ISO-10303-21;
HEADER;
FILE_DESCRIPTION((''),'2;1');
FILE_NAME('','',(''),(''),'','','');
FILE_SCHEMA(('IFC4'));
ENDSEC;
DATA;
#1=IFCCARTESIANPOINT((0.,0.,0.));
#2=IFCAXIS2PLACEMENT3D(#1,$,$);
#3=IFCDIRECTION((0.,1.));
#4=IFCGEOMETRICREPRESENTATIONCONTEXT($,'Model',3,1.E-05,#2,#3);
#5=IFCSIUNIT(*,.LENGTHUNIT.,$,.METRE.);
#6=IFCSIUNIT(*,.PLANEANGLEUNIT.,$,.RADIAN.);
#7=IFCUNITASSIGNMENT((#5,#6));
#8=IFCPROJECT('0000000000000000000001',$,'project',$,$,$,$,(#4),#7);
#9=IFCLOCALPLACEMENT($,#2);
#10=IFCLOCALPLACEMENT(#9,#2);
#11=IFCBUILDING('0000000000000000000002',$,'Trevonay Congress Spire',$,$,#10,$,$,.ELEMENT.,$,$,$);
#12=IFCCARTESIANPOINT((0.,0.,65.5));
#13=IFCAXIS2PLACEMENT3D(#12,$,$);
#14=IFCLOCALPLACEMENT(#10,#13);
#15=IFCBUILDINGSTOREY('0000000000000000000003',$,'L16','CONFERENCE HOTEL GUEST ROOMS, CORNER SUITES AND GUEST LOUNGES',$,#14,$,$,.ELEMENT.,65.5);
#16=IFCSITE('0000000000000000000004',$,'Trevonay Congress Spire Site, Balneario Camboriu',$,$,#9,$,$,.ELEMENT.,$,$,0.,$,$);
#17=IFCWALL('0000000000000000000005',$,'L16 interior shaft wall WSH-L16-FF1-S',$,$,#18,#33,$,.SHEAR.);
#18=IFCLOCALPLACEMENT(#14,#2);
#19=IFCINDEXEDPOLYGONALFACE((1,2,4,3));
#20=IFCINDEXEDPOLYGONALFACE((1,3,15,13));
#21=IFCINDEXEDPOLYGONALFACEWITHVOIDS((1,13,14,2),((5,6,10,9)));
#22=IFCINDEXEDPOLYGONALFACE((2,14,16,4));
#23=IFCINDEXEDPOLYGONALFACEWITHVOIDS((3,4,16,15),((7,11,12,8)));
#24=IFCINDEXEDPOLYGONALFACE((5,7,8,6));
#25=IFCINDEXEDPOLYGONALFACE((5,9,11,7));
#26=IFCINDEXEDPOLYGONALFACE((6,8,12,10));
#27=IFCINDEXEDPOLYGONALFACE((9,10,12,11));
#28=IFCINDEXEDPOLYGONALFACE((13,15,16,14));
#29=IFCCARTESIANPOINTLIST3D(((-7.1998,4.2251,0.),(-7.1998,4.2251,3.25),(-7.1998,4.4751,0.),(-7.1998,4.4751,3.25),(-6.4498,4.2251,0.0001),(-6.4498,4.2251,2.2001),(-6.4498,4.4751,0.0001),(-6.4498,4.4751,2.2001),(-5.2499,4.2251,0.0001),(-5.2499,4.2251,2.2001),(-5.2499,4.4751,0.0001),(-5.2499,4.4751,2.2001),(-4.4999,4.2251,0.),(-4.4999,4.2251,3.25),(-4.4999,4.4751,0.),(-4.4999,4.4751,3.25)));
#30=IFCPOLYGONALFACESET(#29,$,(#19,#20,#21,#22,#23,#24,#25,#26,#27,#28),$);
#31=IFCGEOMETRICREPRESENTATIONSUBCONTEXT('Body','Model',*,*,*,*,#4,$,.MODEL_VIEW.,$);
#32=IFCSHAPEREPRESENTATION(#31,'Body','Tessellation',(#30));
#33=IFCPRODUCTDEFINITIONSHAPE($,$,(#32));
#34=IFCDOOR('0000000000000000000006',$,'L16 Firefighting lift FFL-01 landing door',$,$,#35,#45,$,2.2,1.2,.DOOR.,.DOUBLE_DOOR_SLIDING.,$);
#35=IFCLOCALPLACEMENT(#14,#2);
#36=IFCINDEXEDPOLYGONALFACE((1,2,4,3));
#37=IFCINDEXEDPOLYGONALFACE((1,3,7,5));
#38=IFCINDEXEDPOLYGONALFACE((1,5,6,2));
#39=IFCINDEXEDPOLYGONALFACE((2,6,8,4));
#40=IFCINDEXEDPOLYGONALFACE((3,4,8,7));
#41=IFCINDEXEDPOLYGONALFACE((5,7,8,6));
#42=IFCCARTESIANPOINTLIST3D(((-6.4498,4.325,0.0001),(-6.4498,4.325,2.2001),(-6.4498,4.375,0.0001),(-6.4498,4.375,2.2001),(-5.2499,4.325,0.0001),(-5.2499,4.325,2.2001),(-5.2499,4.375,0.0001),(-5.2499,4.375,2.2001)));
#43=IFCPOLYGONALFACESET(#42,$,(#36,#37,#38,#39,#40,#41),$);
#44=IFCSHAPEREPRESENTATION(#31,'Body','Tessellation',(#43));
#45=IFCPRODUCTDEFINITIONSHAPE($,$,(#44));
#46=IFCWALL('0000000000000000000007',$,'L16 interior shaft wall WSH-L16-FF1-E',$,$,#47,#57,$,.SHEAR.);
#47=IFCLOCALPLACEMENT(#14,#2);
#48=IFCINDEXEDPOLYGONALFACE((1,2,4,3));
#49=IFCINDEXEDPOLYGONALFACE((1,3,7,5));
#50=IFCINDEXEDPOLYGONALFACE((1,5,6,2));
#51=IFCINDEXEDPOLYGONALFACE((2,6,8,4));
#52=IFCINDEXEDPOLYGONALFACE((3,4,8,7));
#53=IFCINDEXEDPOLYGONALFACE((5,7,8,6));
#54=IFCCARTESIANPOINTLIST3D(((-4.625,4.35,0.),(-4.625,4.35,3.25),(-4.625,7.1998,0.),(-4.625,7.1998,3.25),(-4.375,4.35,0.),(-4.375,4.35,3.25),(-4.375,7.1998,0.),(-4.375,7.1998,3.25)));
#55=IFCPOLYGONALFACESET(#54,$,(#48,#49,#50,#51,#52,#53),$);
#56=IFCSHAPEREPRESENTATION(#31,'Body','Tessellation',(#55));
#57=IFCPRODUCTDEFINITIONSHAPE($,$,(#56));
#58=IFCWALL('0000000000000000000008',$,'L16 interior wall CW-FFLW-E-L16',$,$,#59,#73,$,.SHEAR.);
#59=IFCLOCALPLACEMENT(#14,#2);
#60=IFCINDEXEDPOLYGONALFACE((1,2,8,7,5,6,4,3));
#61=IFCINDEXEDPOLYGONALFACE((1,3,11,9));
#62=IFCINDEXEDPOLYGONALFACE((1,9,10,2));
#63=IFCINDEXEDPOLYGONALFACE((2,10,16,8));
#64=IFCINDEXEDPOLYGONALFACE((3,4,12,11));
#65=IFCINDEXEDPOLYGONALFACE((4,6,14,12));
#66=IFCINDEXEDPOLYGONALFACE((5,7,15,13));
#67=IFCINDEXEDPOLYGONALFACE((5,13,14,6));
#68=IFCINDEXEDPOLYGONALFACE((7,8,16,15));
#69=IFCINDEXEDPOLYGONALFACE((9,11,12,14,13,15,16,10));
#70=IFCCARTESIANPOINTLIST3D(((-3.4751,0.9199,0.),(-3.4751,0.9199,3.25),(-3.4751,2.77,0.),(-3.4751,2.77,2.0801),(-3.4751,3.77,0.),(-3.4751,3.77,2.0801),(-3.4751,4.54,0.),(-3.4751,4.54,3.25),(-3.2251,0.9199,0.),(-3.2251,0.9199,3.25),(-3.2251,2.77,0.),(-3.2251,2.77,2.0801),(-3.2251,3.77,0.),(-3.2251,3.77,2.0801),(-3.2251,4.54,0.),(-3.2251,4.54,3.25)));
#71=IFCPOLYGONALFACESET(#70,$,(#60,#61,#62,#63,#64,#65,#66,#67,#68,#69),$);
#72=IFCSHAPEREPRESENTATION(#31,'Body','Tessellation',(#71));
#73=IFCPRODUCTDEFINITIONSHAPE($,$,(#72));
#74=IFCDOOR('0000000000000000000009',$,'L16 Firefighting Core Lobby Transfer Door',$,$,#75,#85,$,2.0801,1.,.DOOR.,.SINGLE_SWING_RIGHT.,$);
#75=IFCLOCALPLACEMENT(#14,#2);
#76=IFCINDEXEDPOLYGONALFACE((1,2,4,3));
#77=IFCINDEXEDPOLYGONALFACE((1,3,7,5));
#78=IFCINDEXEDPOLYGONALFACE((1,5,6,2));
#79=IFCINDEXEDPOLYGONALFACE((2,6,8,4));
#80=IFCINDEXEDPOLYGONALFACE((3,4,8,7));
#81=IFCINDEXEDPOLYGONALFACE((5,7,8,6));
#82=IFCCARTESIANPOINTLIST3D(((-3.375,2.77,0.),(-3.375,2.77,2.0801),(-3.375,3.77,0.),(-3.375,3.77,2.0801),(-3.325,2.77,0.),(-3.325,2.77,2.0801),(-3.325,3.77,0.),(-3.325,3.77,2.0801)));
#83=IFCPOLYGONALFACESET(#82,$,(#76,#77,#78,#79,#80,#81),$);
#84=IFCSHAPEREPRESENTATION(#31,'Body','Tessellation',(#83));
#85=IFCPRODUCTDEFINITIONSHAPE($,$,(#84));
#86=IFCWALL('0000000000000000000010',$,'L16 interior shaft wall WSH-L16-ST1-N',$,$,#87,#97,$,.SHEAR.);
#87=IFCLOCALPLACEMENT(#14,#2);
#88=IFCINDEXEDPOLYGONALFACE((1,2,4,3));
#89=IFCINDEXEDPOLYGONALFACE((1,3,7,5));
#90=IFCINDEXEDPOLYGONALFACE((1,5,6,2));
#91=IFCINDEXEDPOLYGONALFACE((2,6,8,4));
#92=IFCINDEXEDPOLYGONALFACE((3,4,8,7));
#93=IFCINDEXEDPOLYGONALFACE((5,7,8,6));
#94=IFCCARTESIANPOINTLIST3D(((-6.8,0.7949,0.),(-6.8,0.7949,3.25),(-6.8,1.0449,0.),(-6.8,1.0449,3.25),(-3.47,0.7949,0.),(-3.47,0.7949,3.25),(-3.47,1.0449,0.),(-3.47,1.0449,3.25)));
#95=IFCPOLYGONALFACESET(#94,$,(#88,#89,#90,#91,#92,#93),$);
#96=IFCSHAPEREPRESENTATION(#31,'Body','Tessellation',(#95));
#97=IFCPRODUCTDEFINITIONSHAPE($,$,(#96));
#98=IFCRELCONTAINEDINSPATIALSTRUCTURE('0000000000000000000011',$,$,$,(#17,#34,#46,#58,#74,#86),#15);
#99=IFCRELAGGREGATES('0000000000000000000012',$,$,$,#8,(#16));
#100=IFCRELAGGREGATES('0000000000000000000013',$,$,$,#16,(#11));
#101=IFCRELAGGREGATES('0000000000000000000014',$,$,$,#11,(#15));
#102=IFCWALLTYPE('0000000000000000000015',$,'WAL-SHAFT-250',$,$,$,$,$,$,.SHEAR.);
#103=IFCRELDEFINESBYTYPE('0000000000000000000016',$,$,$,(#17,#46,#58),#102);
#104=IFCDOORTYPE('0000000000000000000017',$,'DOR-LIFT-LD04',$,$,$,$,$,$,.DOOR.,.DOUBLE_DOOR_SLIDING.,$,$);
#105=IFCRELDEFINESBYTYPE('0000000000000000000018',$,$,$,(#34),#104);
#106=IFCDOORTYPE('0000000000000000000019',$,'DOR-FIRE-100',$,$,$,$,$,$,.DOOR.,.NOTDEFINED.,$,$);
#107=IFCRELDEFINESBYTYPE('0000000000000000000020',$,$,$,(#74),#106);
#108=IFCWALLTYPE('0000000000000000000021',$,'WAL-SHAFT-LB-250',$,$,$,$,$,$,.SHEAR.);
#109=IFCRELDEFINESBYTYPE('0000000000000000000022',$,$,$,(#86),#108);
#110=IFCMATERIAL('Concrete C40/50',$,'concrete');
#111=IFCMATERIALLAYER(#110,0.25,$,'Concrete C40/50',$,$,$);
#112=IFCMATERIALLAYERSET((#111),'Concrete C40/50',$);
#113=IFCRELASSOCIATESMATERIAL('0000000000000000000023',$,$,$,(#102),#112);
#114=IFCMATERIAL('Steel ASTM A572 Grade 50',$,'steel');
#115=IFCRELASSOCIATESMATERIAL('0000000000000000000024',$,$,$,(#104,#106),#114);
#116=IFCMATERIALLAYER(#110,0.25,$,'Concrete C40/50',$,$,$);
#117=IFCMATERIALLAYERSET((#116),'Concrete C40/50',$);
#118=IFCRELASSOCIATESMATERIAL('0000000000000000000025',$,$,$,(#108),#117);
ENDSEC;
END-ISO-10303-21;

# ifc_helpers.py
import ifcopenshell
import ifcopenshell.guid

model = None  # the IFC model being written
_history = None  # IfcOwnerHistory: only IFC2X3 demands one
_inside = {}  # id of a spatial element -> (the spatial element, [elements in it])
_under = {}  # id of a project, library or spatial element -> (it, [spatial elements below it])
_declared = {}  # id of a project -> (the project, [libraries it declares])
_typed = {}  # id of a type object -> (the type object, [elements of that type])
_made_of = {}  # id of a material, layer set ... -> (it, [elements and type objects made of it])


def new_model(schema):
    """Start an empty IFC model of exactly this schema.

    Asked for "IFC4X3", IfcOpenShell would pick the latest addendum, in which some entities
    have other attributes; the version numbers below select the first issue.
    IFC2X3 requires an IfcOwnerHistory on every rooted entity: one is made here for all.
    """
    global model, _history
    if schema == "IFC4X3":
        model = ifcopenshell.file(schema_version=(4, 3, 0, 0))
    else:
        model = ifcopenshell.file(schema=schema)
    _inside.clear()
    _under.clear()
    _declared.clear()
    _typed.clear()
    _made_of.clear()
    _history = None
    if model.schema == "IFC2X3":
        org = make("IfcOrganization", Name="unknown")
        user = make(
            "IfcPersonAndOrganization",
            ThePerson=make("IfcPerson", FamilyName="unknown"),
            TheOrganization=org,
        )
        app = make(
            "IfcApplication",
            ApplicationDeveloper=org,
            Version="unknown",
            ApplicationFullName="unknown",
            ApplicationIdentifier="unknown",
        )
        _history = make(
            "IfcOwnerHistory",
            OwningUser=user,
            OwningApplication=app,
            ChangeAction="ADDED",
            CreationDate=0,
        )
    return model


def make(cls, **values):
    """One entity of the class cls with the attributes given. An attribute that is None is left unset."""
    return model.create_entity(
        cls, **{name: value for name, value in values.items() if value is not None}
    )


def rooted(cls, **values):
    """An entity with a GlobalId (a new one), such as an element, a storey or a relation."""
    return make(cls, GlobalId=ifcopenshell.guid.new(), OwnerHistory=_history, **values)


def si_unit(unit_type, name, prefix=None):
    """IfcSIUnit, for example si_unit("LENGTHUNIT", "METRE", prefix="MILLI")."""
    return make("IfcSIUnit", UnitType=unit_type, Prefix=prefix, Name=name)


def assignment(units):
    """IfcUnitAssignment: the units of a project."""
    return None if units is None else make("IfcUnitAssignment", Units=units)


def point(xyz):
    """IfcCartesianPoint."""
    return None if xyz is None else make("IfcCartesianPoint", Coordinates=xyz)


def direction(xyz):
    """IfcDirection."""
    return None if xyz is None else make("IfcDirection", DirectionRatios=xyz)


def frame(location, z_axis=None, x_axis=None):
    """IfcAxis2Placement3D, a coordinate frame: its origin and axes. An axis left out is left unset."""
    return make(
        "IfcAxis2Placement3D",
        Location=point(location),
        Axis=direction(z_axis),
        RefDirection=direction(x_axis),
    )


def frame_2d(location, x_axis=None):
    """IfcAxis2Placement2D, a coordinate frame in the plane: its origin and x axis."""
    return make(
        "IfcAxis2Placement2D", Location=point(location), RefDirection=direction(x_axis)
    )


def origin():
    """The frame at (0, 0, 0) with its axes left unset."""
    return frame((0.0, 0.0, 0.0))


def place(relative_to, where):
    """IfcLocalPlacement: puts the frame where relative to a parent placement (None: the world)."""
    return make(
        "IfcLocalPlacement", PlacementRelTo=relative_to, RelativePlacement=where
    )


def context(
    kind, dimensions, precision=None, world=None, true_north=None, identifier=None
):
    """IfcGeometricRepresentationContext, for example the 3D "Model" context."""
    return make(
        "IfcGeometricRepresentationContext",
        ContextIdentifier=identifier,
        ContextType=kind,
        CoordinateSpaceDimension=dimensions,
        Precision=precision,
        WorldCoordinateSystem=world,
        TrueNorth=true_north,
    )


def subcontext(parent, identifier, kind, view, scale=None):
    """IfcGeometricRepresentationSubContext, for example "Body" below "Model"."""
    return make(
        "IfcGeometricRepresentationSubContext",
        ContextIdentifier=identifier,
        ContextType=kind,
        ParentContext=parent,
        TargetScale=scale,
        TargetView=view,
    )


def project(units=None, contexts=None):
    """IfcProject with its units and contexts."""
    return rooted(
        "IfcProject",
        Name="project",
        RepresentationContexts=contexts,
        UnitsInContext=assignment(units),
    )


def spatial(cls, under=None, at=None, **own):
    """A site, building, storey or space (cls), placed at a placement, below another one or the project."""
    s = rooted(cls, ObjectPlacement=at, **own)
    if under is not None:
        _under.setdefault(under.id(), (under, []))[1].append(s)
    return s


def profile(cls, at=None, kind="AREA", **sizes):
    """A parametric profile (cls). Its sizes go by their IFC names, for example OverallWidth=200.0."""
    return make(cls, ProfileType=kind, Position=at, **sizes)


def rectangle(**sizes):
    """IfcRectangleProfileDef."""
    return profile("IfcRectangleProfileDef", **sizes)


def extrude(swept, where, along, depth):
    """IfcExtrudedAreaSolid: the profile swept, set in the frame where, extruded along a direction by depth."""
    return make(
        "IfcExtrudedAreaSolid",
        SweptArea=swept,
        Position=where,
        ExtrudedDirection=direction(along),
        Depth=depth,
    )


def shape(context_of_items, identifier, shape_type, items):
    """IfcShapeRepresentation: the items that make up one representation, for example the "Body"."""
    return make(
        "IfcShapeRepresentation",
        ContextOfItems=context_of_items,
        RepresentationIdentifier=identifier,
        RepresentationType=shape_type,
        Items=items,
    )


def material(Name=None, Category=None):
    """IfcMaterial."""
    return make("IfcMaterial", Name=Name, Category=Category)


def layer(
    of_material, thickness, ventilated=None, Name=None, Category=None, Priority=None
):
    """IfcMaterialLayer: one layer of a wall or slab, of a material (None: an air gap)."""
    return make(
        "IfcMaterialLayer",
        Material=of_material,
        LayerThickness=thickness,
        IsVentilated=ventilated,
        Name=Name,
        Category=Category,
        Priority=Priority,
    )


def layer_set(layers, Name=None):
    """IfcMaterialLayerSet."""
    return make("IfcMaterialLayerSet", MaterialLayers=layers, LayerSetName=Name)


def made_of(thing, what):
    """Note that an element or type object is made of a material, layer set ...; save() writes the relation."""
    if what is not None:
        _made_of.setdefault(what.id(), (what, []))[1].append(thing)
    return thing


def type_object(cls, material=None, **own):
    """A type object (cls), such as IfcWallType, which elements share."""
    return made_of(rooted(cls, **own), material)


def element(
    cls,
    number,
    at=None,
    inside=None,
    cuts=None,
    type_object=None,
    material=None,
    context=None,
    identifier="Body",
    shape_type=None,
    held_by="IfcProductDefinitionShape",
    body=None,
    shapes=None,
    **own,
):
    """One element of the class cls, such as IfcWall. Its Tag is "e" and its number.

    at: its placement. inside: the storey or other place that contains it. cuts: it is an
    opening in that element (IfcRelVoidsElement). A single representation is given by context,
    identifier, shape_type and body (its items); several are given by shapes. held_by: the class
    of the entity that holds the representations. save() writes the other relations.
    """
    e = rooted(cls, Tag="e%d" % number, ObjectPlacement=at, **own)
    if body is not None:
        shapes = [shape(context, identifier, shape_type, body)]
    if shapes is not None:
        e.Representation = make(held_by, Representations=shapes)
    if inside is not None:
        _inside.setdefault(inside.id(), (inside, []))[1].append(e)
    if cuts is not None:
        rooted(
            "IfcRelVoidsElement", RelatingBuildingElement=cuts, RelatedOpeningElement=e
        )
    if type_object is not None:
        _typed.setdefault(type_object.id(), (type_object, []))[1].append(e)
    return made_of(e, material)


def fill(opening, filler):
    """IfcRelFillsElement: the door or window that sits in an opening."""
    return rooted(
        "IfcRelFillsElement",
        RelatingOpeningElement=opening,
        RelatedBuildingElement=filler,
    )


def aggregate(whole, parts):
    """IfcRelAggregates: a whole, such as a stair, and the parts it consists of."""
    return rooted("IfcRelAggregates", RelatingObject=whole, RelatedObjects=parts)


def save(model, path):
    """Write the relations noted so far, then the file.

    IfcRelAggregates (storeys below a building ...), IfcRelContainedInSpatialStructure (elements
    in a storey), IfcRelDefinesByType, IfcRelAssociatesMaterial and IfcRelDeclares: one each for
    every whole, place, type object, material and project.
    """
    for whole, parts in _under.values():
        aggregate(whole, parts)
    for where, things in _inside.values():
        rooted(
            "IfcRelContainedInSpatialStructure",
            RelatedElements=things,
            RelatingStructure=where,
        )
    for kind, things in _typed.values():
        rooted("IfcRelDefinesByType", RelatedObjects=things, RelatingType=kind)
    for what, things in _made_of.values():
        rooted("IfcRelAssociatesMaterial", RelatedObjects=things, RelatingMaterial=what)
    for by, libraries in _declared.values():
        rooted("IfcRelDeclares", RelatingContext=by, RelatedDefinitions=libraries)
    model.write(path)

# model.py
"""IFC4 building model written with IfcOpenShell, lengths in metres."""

from ifc_helpers import new_model, si_unit, direction, frame, frame_2d, origin, place, context, subcontext, project, spatial, rectangle, extrude, material, layer, layer_set, type_object, element, fill, save


model = new_model("IFC4")

# Units and contexts
model_context = context("Model", 3, precision=1e-05, world=origin(), true_north=direction((0.0, 1.0)))
body_context = subcontext(model_context, "Body", "Model", "MODEL_VIEW")
ifc_project = project(units=[si_unit("LENGTHUNIT", "METRE"), si_unit("PLANEANGLEUNIT", "RADIAN")], contexts=[model_context])

# Site, building, storey
site_placement = place(None, origin())
site = spatial("IfcSite", under=ifc_project, at=site_placement, Name="Trevonay Congress Spire Site, Balneario Camboriu", CompositionType="ELEMENT", RefElevation=0.0)
building_placement = place(site_placement, origin())
building = spatial("IfcBuilding", under=site, at=building_placement, Name="Trevonay Congress Spire", CompositionType="ELEMENT")
storey_placement = place(building_placement, frame((0.0, 0.0, 65.5)))
storey = spatial("IfcBuildingStorey", under=building, at=storey_placement, Name="L16", Description="CONFERENCE HOTEL GUEST ROOMS, CORNER SUITES AND GUEST LOUNGES", CompositionType="ELEMENT", Elevation=65.5)

# Shared definitions
ifc_material_1 = material(Name="Steel ASTM A572 Grade 50", Category="steel")

# Shared definitions
ifc_material_2 = material(Name="Concrete C40/50", Category="concrete")

# Shared definitions
ifc_layer_1 = layer(ifc_material_2, 0.25, Name="Concrete C40/50")
ifc_layer_set_1 = layer_set([ifc_layer_1], Name="Concrete C40/50")
wall_type_1 = type_object("IfcWallType", Name="WAL-SHAFT-250", PredefinedType="SHEAR", material=ifc_layer_set_1)

# Wall, opening, door
wall_1_placement = place(storey_placement, frame((-7.2, 4.3501, 0.0), z_axis=(0.0, 0.0, 1.0), x_axis=(1.0, 0.0, 0.0)))
wall_1 = element("IfcWall", 1, at=wall_1_placement, inside=storey, type_object=wall_type_1, Name="L16 interior shaft wall WSH-L16-FF1-S", PredefinedType="SHEAR", context=body_context, shape_type="SweptSolid", body=[
    extrude(rectangle(XDim=2.7, YDim=0.25, at=frame_2d((1.3501, 0.0))), origin(), (0.0, 0.0, 1.0), 3.25),
])
opening_1_placement = place(wall_1_placement, frame((0.75, 0.0, 0.0)))
opening_1 = element("IfcOpeningElement", 2, at=opening_1_placement, cuts=wall_1, PredefinedType="OPENING", context=body_context, shape_type="SweptSolid", body=[
    extrude(rectangle(XDim=1.2, YDim=2.2, at=frame_2d((0.6001, 1.1001))), frame((0.0, 0.135, 0.0), z_axis=(0.0, -1.0, 0.0), x_axis=(1.0, 0.0, 0.0)), (0.0, 0.0, 1.0), 0.27),
])
door_type_1 = type_object("IfcDoorType", Name="DOR-LIFT-LD04", OperationType="DOUBLE_DOOR_SLIDING", PredefinedType="DOOR", material=ifc_material_1)
door_1_placement = place(opening_1_placement, origin())
door_1 = element("IfcDoor", 3, at=door_1_placement, inside=storey, type_object=door_type_1, Name="L16 Firefighting lift FFL-01 landing door", OperationType="DOUBLE_DOOR_SLIDING", OverallHeight=2.2, OverallWidth=1.2, PredefinedType="DOOR", context=body_context, shape_type="SweptSolid", body=[
    extrude(rectangle(XDim=1.2, YDim=2.2, at=frame_2d((0.6001, 1.1001))), frame((0.0, 0.0249, 0.0), z_axis=(0.0, -1.0, 0.0), x_axis=(1.0, 0.0, 0.0)), (0.0, 0.0, 1.0), 0.05),
])
fill(opening_1, door_1)

# Wall
wall_2_placement = place(storey_placement, frame((-4.5, 4.3501, 0.0), z_axis=(0.0, 0.0, 1.0), x_axis=(0.0, 1.0, 0.0)))
element("IfcWall", 4, at=wall_2_placement, inside=storey, type_object=wall_type_1, Name="L16 interior shaft wall WSH-L16-FF1-E", PredefinedType="SHEAR", context=body_context, shape_type="SweptSolid", body=[
    extrude(rectangle(XDim=2.8499, YDim=0.25, at=frame_2d((1.4248, 0.0))), origin(), (0.0, 0.0, 1.0), 3.25),
])

# Wall, opening, door
wall_3_placement = place(storey_placement, frame((-3.3501, 0.9199, 0.0), z_axis=(0.0, 0.0, 1.0), x_axis=(0.0, 1.0, 0.0)))
wall_3 = element("IfcWall", 5, at=wall_3_placement, inside=storey, type_object=wall_type_1, Name="L16 interior wall CW-FFLW-E-L16", PredefinedType="SHEAR", context=body_context, shape_type="SweptSolid", body=[
    extrude(rectangle(XDim=3.6201, YDim=0.25, at=frame_2d((1.8101, 0.0))), origin(), (0.0, 0.0, 1.0), 3.25),
])
opening_2_placement = place(wall_3_placement, frame((1.8501, 0.0, 0.0)))
opening_2 = element("IfcOpeningElement", 6, at=opening_2_placement, cuts=wall_3, PredefinedType="OPENING", context=body_context, shape_type="SweptSolid", body=[
    extrude(rectangle(XDim=1.0, YDim=2.0801, at=frame_2d((0.5, 1.04))), frame((0.0, 0.135, 0.0), z_axis=(0.0, -1.0, 0.0), x_axis=(1.0, 0.0, 0.0)), (0.0, 0.0, 1.0), 0.27),
])
door_type_2 = type_object("IfcDoorType", Name="DOR-FIRE-100", OperationType="NOTDEFINED", PredefinedType="DOOR", material=ifc_material_1)
door_2_placement = place(opening_2_placement, origin())
door_2 = element("IfcDoor", 7, at=door_2_placement, inside=storey, type_object=door_type_2, Name="L16 Firefighting Core Lobby Transfer Door", OperationType="SINGLE_SWING_RIGHT", OverallHeight=2.0801, OverallWidth=1.0, PredefinedType="DOOR", context=body_context, shape_type="SweptSolid", body=[
    extrude(rectangle(XDim=1.0, YDim=2.0801, at=frame_2d((0.5, 1.04))), frame((0.0, 0.0249, 0.0), z_axis=(0.0, -1.0, 0.0), x_axis=(1.0, 0.0, 0.0)), (0.0, 0.0, 1.0), 0.05),
])
fill(opening_2, door_2)

# Wall
ifc_layer_2 = layer(ifc_material_2, 0.25, Name="Concrete C40/50")
ifc_layer_set_2 = layer_set([ifc_layer_2], Name="Concrete C40/50")
wall_type_2 = type_object("IfcWallType", Name="WAL-SHAFT-LB-250", PredefinedType="SHEAR", material=ifc_layer_set_2)
wall_4_placement = place(storey_placement, frame((-6.8, 0.9199, 0.0), z_axis=(0.0, 0.0, 1.0), x_axis=(1.0, 0.0, 0.0)))
element("IfcWall", 8, at=wall_4_placement, inside=storey, type_object=wall_type_2, Name="L16 interior shaft wall WSH-L16-ST1-N", PredefinedType="SHEAR", context=body_context, shape_type="SweptSolid", body=[
    extrude(rectangle(XDim=3.3301, YDim=0.25, at=frame_2d((1.665, 0.0))), origin(), (0.0, 0.0, 1.0), 3.25),
])

save(model, "model.ifc")
